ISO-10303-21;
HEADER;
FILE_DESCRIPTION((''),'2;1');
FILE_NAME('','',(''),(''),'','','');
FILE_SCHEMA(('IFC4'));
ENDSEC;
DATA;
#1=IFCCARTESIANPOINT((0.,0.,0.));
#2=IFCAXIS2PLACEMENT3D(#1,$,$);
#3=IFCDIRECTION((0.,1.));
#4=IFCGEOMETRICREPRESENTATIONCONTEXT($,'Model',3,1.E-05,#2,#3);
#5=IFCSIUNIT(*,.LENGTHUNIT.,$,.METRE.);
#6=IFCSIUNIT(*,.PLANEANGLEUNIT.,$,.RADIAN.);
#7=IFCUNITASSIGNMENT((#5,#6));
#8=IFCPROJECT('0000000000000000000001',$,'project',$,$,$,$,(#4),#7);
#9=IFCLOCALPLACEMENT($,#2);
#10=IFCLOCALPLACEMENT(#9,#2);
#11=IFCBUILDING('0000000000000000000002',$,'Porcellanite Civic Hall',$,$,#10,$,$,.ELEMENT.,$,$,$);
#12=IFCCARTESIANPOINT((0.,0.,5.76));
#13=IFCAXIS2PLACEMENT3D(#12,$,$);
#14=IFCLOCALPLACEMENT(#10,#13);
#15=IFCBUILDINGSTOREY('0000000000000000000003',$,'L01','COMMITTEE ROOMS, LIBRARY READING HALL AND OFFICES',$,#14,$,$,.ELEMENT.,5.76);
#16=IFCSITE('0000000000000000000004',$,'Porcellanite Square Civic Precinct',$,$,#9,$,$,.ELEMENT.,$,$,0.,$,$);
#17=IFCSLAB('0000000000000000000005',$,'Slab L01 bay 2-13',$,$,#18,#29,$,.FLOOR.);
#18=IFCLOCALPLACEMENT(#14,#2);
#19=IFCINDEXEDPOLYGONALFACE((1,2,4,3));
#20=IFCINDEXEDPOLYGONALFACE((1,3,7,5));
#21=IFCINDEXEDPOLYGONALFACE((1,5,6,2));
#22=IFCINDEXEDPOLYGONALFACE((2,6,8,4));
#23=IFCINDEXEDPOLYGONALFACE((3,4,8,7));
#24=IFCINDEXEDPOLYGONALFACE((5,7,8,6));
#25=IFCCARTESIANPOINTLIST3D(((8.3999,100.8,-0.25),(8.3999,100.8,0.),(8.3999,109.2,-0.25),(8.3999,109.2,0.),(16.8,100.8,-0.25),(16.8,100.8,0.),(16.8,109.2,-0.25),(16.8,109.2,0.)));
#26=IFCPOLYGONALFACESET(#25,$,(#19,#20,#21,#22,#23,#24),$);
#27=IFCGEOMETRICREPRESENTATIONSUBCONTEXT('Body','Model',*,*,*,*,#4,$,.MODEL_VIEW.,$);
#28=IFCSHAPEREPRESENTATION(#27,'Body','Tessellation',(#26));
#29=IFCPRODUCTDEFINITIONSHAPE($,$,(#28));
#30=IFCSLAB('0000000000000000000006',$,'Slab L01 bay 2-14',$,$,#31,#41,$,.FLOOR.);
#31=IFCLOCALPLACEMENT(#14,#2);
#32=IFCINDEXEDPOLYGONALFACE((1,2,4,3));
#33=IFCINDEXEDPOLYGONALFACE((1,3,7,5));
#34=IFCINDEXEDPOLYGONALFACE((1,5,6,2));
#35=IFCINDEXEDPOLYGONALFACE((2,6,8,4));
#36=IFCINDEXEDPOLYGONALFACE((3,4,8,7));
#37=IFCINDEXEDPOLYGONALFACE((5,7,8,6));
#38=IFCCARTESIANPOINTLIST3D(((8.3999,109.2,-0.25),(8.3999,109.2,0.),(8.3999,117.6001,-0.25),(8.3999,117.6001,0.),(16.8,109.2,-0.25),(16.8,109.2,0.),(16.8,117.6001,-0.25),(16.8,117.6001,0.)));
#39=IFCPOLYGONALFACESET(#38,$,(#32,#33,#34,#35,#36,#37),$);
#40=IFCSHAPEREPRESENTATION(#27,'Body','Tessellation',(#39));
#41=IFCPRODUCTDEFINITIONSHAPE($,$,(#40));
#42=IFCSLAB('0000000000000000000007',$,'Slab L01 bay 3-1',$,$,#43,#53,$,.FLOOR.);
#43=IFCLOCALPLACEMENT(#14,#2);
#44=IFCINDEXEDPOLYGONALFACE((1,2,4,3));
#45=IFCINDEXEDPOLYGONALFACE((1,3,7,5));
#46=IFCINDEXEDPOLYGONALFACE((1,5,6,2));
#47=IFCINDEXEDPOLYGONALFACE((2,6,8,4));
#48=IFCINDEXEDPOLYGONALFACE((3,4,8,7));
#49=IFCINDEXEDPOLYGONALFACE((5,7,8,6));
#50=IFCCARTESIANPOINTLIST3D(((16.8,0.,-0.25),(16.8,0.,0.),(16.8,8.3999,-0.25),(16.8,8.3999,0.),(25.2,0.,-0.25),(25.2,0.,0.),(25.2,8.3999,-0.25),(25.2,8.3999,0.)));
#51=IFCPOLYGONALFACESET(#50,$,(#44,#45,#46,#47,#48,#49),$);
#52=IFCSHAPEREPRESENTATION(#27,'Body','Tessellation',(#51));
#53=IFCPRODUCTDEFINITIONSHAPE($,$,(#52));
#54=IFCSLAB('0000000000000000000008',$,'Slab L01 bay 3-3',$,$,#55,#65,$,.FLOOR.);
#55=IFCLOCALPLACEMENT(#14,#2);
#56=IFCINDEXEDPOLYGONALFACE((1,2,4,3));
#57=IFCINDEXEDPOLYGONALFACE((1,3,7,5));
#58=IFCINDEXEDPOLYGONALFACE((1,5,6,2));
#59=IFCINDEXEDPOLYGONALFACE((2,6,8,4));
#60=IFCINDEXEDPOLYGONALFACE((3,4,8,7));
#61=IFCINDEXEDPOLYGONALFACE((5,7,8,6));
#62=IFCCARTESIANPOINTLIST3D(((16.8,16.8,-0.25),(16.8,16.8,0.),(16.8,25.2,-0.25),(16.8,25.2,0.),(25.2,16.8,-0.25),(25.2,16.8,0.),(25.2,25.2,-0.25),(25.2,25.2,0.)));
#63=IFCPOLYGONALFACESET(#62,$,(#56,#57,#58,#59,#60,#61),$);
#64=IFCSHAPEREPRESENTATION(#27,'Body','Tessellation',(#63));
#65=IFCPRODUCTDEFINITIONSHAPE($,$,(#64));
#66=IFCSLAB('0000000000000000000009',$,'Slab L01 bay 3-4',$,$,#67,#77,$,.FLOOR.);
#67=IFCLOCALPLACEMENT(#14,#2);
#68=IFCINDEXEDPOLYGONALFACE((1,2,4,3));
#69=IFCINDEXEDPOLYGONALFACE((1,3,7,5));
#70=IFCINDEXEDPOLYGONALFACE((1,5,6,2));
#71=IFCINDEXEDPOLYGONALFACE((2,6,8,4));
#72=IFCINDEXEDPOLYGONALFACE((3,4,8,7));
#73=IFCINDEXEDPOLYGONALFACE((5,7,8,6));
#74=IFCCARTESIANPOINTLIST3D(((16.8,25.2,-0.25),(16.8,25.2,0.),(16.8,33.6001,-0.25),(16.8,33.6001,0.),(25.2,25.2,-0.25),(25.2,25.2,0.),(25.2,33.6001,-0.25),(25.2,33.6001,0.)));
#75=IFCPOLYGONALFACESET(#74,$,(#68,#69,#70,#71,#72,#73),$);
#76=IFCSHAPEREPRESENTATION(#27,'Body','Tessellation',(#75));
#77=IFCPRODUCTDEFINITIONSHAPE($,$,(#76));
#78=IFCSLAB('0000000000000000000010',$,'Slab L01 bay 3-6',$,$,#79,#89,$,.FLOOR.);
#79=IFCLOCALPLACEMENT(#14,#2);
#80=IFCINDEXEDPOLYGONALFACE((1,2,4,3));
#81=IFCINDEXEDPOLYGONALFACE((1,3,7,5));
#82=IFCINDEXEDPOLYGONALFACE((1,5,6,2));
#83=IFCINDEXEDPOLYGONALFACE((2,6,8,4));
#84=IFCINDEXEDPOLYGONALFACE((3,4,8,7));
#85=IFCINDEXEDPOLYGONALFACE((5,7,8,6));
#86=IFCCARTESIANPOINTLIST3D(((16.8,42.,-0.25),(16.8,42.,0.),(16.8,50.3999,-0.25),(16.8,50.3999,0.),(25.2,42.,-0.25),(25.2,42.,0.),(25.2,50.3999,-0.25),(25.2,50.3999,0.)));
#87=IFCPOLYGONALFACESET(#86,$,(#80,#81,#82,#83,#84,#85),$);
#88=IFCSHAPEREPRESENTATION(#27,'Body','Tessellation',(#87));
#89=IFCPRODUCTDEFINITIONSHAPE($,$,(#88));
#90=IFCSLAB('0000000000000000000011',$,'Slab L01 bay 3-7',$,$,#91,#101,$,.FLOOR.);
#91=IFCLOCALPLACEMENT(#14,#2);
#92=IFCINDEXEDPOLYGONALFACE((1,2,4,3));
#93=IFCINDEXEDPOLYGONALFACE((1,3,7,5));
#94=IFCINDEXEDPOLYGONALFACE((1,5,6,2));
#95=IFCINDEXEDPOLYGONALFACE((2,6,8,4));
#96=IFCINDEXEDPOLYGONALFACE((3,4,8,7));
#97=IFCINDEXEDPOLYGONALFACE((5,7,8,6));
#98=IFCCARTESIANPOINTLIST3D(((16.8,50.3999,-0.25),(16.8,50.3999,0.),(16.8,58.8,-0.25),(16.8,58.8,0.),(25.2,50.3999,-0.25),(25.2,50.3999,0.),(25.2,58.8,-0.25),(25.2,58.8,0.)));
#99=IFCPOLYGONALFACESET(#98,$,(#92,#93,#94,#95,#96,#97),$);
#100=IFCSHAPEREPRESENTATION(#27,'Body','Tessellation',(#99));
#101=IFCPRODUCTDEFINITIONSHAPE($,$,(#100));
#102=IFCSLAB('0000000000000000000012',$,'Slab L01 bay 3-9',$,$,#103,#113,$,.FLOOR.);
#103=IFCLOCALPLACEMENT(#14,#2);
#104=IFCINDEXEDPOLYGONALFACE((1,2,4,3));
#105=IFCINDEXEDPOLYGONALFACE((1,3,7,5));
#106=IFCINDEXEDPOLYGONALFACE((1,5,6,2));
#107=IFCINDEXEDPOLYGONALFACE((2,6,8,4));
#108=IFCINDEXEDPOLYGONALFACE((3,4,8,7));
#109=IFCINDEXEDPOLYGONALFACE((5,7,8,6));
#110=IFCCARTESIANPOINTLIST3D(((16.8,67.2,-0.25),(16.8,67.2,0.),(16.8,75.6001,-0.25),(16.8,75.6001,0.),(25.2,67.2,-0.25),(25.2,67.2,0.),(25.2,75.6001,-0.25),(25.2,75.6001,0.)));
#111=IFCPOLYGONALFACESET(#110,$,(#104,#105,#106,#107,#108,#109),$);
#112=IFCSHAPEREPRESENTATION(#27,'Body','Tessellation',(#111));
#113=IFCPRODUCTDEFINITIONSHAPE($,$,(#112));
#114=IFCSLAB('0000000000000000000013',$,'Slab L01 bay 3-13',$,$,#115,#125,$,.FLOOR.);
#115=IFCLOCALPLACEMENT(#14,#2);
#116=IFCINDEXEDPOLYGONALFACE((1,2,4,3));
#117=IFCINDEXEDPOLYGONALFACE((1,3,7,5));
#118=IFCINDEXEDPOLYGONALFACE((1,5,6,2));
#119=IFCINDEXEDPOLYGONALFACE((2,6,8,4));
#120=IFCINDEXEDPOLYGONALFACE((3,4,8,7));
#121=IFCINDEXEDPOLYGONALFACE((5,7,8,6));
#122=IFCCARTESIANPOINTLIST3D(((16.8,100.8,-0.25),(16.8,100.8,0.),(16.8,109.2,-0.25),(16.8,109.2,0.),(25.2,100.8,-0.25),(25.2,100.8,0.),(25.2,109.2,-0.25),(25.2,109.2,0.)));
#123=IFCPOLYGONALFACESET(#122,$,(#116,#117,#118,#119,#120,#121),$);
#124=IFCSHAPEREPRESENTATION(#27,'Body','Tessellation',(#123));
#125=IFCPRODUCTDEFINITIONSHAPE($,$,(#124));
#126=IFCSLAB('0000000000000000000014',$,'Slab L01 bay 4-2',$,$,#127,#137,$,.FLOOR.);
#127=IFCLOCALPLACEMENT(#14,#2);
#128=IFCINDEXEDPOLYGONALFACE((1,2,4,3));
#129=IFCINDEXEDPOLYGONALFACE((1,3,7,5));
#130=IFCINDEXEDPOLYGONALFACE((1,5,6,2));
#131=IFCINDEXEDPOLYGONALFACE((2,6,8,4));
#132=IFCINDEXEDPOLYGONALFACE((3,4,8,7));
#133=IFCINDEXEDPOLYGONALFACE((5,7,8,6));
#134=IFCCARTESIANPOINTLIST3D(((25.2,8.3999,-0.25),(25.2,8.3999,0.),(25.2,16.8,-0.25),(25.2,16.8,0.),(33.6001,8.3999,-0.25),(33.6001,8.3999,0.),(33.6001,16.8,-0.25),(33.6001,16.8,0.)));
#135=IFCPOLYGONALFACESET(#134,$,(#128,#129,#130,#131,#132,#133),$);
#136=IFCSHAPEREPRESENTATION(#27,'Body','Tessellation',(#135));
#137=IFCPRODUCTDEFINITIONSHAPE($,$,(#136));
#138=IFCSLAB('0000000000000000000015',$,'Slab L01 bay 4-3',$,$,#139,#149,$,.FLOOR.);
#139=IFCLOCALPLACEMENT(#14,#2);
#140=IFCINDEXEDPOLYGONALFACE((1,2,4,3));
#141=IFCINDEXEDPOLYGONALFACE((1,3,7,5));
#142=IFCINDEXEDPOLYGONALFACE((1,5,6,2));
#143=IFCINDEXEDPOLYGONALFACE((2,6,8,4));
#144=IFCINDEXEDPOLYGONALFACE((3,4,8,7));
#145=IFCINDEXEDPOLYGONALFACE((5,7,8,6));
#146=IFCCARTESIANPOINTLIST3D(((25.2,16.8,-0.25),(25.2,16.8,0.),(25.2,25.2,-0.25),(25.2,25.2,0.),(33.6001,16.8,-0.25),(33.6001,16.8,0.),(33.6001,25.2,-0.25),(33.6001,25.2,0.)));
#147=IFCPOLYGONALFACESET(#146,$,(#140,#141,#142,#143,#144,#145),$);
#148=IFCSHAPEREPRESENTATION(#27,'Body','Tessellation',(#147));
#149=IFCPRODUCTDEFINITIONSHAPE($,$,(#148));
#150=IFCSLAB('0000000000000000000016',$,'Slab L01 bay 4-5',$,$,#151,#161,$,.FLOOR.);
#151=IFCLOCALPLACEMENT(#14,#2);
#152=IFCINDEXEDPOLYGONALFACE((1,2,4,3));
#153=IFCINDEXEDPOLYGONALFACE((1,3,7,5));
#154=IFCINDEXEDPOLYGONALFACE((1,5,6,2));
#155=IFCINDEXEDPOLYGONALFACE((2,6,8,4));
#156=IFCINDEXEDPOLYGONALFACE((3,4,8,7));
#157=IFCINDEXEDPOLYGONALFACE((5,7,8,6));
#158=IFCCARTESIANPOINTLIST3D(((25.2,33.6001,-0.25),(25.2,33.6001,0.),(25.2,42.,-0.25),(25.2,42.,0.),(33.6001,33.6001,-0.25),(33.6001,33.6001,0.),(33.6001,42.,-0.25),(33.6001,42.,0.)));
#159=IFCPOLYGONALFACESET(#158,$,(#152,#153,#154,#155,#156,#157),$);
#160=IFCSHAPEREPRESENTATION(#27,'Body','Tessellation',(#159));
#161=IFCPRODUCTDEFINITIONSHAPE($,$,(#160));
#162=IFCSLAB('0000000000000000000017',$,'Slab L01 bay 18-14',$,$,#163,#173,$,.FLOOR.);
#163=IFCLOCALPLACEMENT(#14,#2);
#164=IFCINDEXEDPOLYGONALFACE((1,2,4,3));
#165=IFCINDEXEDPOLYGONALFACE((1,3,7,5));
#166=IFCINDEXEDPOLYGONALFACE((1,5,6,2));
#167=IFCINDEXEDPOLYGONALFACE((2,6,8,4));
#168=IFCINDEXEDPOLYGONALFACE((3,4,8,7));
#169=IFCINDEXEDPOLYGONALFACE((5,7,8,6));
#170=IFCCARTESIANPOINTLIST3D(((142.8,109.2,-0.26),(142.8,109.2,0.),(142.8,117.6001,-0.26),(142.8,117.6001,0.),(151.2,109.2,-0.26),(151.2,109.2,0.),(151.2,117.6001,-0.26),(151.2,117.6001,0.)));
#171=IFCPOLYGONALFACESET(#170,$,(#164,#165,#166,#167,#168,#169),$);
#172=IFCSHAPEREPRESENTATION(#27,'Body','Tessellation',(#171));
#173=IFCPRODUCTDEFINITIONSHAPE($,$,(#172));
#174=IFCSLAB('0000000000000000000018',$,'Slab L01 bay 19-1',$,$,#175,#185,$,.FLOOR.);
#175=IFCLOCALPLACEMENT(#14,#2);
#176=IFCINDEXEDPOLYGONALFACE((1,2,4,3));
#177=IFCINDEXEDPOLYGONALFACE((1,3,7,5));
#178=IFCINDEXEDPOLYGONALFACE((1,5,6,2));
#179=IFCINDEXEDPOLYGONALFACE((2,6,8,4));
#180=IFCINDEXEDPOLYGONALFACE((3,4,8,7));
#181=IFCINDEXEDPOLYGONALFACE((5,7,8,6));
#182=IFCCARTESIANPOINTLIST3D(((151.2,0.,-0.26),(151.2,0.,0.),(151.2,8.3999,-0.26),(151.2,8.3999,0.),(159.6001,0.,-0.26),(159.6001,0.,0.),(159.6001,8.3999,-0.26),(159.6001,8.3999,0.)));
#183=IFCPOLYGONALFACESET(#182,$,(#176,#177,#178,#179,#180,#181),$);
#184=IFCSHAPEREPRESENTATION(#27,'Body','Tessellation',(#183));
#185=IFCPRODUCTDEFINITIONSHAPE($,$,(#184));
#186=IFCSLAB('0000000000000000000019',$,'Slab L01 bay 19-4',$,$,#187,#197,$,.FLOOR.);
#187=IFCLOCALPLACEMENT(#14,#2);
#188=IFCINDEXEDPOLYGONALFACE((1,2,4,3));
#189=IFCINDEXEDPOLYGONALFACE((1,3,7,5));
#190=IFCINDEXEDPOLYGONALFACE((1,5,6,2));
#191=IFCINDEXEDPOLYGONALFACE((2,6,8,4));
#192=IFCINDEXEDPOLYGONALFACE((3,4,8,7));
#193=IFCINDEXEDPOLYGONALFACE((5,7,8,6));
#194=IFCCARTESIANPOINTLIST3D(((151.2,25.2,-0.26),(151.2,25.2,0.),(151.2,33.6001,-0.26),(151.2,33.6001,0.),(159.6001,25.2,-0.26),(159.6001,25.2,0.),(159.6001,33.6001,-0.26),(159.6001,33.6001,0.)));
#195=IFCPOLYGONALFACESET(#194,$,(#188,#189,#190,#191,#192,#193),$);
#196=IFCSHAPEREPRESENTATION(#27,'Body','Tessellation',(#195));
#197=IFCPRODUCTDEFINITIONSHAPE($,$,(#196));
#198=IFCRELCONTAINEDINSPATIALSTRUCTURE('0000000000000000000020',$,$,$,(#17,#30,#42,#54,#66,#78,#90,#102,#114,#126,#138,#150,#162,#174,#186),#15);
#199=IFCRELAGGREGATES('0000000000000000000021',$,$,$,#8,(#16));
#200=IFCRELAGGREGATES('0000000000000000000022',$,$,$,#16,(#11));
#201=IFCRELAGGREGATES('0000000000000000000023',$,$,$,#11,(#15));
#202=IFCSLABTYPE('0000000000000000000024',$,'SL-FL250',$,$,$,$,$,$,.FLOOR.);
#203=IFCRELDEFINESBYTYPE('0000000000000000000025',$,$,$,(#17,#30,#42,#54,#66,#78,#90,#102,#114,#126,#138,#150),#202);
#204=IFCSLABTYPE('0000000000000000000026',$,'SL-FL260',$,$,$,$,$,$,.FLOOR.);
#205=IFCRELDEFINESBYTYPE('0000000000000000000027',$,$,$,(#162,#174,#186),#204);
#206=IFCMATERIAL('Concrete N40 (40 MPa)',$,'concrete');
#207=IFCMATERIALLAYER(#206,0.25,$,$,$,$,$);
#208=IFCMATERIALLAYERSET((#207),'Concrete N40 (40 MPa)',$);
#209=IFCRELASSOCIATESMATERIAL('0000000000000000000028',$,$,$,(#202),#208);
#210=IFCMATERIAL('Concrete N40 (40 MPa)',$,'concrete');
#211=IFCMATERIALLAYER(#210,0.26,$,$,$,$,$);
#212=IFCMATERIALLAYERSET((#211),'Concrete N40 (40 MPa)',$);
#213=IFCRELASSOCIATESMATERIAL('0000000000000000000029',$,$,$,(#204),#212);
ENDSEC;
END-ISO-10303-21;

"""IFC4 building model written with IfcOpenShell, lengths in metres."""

from ifc_helpers import new_model, si_unit, direction, frame, origin, place, context, subcontext, project, spatial, polyline, outline, extrude, material, layer, layer_set, type_object, element, save


model = new_model("IFC4")

# Units and contexts
model_context = context("Model", 3, precision=1e-05, world=origin(), true_north=direction((0.0, 1.0)))
body_context = subcontext(model_context, "Body", "Model", "MODEL_VIEW")
ifc_project = project(units=[si_unit("LENGTHUNIT", "METRE"), si_unit("PLANEANGLEUNIT", "RADIAN")], contexts=[model_context])

# Site, building, storey
site_placement = place(None, origin())
site = spatial("IfcSite", under=ifc_project, at=site_placement, Name="Porcellanite Square Civic Precinct", CompositionType="ELEMENT", RefElevation=0.0)
building_placement = place(site_placement, origin())
building = spatial("IfcBuilding", under=site, at=building_placement, Name="Porcellanite Civic Hall", CompositionType="ELEMENT")
storey_placement = place(building_placement, frame((0.0, 0.0, 5.76)))
storey = spatial("IfcBuildingStorey", under=building, at=storey_placement, Name="L01", Description="COMMITTEE ROOMS, LIBRARY READING HALL AND OFFICES", CompositionType="ELEMENT", Elevation=5.76)

# Slabs
ifc_material_1 = material(Name="Concrete N40 (40 MPa)", Category="concrete")
ifc_layer_1 = layer(ifc_material_1, 0.25)
ifc_layer_set_1 = layer_set([ifc_layer_1], Name="Concrete N40 (40 MPa)")
slab_type_1 = type_object("IfcSlabType", Name="SL-FL250", PredefinedType="FLOOR", material=ifc_layer_set_1)
slab_1_placement = place(storey_placement, frame((0.0, 0.0, -0.25)))
element("IfcSlab", 1, at=slab_1_placement, inside=storey, type_object=slab_type_1, Name="Slab L01 bay 2-13", PredefinedType="FLOOR", context=body_context, shape_type="SweptSolid", body=[
    extrude(outline(polyline([(8.3999, 100.8), (16.8, 100.8), (16.8, 109.2), (8.3999, 109.2), (8.3999, 100.8)])), origin(), (0.0, 0.0, 1.0), 0.25),
])
slab_2_placement = place(storey_placement, frame((0.0, 0.0, -0.25)))
element("IfcSlab", 2, at=slab_2_placement, inside=storey, type_object=slab_type_1, Name="Slab L01 bay 2-14", PredefinedType="FLOOR", context=body_context, shape_type="SweptSolid", body=[
    extrude(outline(polyline([(8.3999, 109.2), (16.8, 109.2), (16.8, 117.6001), (8.3999, 117.6001), (8.3999, 109.2)])), origin(), (0.0, 0.0, 1.0), 0.25),
])
slab_3_placement = place(storey_placement, frame((0.0, 0.0, -0.25)))
element("IfcSlab", 3, at=slab_3_placement, inside=storey, type_object=slab_type_1, Name="Slab L01 bay 3-1", PredefinedType="FLOOR", context=body_context, shape_type="SweptSolid", body=[
    extrude(outline(polyline([(16.8, 0.0), (25.2, 0.0), (25.2, 8.3999), (16.8, 8.3999), (16.8, 0.0)])), origin(), (0.0, 0.0, 1.0), 0.25),
])
slab_4_placement = place(storey_placement, frame((0.0, 0.0, -0.25)))
element("IfcSlab", 4, at=slab_4_placement, inside=storey, type_object=slab_type_1, Name="Slab L01 bay 3-3", PredefinedType="FLOOR", context=body_context, shape_type="SweptSolid", body=[
    extrude(outline(polyline([(16.8, 16.8), (25.2, 16.8), (25.2, 25.2), (16.8, 25.2), (16.8, 16.8)])), origin(), (0.0, 0.0, 1.0), 0.25),
])
slab_5_placement = place(storey_placement, frame((0.0, 0.0, -0.25)))
element("IfcSlab", 5, at=slab_5_placement, inside=storey, type_object=slab_type_1, Name="Slab L01 bay 3-4", PredefinedType="FLOOR", context=body_context, shape_type="SweptSolid", body=[
    extrude(outline(polyline([(16.8, 25.2), (25.2, 25.2), (25.2, 33.6001), (16.8, 33.6001), (16.8, 25.2)])), origin(), (0.0, 0.0, 1.0), 0.25),
])
slab_6_placement = place(storey_placement, frame((0.0, 0.0, -0.25)))
element("IfcSlab", 6, at=slab_6_placement, inside=storey, type_object=slab_type_1, Name="Slab L01 bay 3-6", PredefinedType="FLOOR", context=body_context, shape_type="SweptSolid", body=[
    extrude(outline(polyline([(16.8, 42.0), (25.2, 42.0), (25.2, 50.3999), (16.8, 50.3999), (16.8, 42.0)])), origin(), (0.0, 0.0, 1.0), 0.25),
])
slab_7_placement = place(storey_placement, frame((0.0, 0.0, -0.25)))
element("IfcSlab", 7, at=slab_7_placement, inside=storey, type_object=slab_type_1, Name="Slab L01 bay 3-7", PredefinedType="FLOOR", context=body_context, shape_type="SweptSolid", body=[
    extrude(outline(polyline([(16.8, 50.3999), (25.2, 50.3999), (25.2, 58.8), (16.8, 58.8), (16.8, 50.3999)])), origin(), (0.0, 0.0, 1.0), 0.25),
])
slab_8_placement = place(storey_placement, frame((0.0, 0.0, -0.25)))
element("IfcSlab", 8, at=slab_8_placement, inside=storey, type_object=slab_type_1, Name="Slab L01 bay 3-9", PredefinedType="FLOOR", context=body_context, shape_type="SweptSolid", body=[
    extrude(outline(polyline([(16.8, 67.2), (25.2, 67.2), (25.2, 75.6001), (16.8, 75.6001), (16.8, 67.2)])), origin(), (0.0, 0.0, 1.0), 0.25),
])
slab_9_placement = place(storey_placement, frame((0.0, 0.0, -0.25)))
element("IfcSlab", 9, at=slab_9_placement, inside=storey, type_object=slab_type_1, Name="Slab L01 bay 3-13", PredefinedType="FLOOR", context=body_context, shape_type="SweptSolid", body=[
    extrude(outline(polyline([(16.8, 100.8), (25.2, 100.8), (25.2, 109.2), (16.8, 109.2), (16.8, 100.8)])), origin(), (0.0, 0.0, 1.0), 0.25),
])
slab_10_placement = place(storey_placement, frame((0.0, 0.0, -0.25)))
element("IfcSlab", 10, at=slab_10_placement, inside=storey, type_object=slab_type_1, Name="Slab L01 bay 4-2", PredefinedType="FLOOR", context=body_context, shape_type="SweptSolid", body=[
    extrude(outline(polyline([(25.2, 8.3999), (33.6001, 8.3999), (33.6001, 16.8), (25.2, 16.8), (25.2, 8.3999)])), origin(), (0.0, 0.0, 1.0), 0.25),
])
slab_11_placement = place(storey_placement, frame((0.0, 0.0, -0.25)))
element("IfcSlab", 11, at=slab_11_placement, inside=storey, type_object=slab_type_1, Name="Slab L01 bay 4-3", PredefinedType="FLOOR", context=body_context, shape_type="SweptSolid", body=[
    extrude(outline(polyline([(25.2, 16.8), (33.6001, 16.8), (33.6001, 25.2), (25.2, 25.2), (25.2, 16.8)])), origin(), (0.0, 0.0, 1.0), 0.25),
])
slab_12_placement = place(storey_placement, frame((0.0, 0.0, -0.25)))
element("IfcSlab", 12, at=slab_12_placement, inside=storey, type_object=slab_type_1, Name="Slab L01 bay 4-5", PredefinedType="FLOOR", context=body_context, shape_type="SweptSolid", body=[
    extrude(outline(polyline([(25.2, 33.6001), (33.6001, 33.6001), (33.6001, 42.0), (25.2, 42.0), (25.2, 33.6001)])), origin(), (0.0, 0.0, 1.0), 0.25),
])
ifc_material_2 = material(Name="Concrete N40 (40 MPa)", Category="concrete")
ifc_layer_2 = layer(ifc_material_2, 0.26)
ifc_layer_set_2 = layer_set([ifc_layer_2], Name="Concrete N40 (40 MPa)")
slab_type_2 = type_object("IfcSlabType", Name="SL-FL260", PredefinedType="FLOOR", material=ifc_layer_set_2)
slab_13_placement = place(storey_placement, frame((0.0, 0.0, -0.26)))
element("IfcSlab", 13, at=slab_13_placement, inside=storey, type_object=slab_type_2, Name="Slab L01 bay 18-14", PredefinedType="FLOOR", context=body_context, shape_type="SweptSolid", body=[
    extrude(outline(polyline([(142.8, 109.2), (151.2, 109.2), (151.2, 117.6001), (142.8, 117.6001), (142.8, 109.2)])), origin(), (0.0, 0.0, 1.0), 0.26),
])
slab_14_placement = place(storey_placement, frame((0.0, 0.0, -0.26)))
element("IfcSlab", 14, at=slab_14_placement, inside=storey, type_object=slab_type_2, Name="Slab L01 bay 19-1", PredefinedType="FLOOR", context=body_context, shape_type="SweptSolid", body=[
    extrude(outline(polyline([(151.2, 0.0), (159.6001, 0.0), (159.6001, 8.3999), (151.2, 8.3999), (151.2, 0.0)])), origin(), (0.0, 0.0, 1.0), 0.26),
])
slab_15_placement = place(storey_placement, frame((0.0, 0.0, -0.26)))
element("IfcSlab", 15, at=slab_15_placement, inside=storey, type_object=slab_type_2, Name="Slab L01 bay 19-4", PredefinedType="FLOOR", context=body_context, shape_type="SweptSolid", body=[
    extrude(outline(polyline([(151.2, 25.2), (159.6001, 25.2), (159.6001, 33.6001), (151.2, 33.6001), (151.2, 25.2)])), origin(), (0.0, 0.0, 1.0), 0.26),
])

save(model, "model.ifc")
